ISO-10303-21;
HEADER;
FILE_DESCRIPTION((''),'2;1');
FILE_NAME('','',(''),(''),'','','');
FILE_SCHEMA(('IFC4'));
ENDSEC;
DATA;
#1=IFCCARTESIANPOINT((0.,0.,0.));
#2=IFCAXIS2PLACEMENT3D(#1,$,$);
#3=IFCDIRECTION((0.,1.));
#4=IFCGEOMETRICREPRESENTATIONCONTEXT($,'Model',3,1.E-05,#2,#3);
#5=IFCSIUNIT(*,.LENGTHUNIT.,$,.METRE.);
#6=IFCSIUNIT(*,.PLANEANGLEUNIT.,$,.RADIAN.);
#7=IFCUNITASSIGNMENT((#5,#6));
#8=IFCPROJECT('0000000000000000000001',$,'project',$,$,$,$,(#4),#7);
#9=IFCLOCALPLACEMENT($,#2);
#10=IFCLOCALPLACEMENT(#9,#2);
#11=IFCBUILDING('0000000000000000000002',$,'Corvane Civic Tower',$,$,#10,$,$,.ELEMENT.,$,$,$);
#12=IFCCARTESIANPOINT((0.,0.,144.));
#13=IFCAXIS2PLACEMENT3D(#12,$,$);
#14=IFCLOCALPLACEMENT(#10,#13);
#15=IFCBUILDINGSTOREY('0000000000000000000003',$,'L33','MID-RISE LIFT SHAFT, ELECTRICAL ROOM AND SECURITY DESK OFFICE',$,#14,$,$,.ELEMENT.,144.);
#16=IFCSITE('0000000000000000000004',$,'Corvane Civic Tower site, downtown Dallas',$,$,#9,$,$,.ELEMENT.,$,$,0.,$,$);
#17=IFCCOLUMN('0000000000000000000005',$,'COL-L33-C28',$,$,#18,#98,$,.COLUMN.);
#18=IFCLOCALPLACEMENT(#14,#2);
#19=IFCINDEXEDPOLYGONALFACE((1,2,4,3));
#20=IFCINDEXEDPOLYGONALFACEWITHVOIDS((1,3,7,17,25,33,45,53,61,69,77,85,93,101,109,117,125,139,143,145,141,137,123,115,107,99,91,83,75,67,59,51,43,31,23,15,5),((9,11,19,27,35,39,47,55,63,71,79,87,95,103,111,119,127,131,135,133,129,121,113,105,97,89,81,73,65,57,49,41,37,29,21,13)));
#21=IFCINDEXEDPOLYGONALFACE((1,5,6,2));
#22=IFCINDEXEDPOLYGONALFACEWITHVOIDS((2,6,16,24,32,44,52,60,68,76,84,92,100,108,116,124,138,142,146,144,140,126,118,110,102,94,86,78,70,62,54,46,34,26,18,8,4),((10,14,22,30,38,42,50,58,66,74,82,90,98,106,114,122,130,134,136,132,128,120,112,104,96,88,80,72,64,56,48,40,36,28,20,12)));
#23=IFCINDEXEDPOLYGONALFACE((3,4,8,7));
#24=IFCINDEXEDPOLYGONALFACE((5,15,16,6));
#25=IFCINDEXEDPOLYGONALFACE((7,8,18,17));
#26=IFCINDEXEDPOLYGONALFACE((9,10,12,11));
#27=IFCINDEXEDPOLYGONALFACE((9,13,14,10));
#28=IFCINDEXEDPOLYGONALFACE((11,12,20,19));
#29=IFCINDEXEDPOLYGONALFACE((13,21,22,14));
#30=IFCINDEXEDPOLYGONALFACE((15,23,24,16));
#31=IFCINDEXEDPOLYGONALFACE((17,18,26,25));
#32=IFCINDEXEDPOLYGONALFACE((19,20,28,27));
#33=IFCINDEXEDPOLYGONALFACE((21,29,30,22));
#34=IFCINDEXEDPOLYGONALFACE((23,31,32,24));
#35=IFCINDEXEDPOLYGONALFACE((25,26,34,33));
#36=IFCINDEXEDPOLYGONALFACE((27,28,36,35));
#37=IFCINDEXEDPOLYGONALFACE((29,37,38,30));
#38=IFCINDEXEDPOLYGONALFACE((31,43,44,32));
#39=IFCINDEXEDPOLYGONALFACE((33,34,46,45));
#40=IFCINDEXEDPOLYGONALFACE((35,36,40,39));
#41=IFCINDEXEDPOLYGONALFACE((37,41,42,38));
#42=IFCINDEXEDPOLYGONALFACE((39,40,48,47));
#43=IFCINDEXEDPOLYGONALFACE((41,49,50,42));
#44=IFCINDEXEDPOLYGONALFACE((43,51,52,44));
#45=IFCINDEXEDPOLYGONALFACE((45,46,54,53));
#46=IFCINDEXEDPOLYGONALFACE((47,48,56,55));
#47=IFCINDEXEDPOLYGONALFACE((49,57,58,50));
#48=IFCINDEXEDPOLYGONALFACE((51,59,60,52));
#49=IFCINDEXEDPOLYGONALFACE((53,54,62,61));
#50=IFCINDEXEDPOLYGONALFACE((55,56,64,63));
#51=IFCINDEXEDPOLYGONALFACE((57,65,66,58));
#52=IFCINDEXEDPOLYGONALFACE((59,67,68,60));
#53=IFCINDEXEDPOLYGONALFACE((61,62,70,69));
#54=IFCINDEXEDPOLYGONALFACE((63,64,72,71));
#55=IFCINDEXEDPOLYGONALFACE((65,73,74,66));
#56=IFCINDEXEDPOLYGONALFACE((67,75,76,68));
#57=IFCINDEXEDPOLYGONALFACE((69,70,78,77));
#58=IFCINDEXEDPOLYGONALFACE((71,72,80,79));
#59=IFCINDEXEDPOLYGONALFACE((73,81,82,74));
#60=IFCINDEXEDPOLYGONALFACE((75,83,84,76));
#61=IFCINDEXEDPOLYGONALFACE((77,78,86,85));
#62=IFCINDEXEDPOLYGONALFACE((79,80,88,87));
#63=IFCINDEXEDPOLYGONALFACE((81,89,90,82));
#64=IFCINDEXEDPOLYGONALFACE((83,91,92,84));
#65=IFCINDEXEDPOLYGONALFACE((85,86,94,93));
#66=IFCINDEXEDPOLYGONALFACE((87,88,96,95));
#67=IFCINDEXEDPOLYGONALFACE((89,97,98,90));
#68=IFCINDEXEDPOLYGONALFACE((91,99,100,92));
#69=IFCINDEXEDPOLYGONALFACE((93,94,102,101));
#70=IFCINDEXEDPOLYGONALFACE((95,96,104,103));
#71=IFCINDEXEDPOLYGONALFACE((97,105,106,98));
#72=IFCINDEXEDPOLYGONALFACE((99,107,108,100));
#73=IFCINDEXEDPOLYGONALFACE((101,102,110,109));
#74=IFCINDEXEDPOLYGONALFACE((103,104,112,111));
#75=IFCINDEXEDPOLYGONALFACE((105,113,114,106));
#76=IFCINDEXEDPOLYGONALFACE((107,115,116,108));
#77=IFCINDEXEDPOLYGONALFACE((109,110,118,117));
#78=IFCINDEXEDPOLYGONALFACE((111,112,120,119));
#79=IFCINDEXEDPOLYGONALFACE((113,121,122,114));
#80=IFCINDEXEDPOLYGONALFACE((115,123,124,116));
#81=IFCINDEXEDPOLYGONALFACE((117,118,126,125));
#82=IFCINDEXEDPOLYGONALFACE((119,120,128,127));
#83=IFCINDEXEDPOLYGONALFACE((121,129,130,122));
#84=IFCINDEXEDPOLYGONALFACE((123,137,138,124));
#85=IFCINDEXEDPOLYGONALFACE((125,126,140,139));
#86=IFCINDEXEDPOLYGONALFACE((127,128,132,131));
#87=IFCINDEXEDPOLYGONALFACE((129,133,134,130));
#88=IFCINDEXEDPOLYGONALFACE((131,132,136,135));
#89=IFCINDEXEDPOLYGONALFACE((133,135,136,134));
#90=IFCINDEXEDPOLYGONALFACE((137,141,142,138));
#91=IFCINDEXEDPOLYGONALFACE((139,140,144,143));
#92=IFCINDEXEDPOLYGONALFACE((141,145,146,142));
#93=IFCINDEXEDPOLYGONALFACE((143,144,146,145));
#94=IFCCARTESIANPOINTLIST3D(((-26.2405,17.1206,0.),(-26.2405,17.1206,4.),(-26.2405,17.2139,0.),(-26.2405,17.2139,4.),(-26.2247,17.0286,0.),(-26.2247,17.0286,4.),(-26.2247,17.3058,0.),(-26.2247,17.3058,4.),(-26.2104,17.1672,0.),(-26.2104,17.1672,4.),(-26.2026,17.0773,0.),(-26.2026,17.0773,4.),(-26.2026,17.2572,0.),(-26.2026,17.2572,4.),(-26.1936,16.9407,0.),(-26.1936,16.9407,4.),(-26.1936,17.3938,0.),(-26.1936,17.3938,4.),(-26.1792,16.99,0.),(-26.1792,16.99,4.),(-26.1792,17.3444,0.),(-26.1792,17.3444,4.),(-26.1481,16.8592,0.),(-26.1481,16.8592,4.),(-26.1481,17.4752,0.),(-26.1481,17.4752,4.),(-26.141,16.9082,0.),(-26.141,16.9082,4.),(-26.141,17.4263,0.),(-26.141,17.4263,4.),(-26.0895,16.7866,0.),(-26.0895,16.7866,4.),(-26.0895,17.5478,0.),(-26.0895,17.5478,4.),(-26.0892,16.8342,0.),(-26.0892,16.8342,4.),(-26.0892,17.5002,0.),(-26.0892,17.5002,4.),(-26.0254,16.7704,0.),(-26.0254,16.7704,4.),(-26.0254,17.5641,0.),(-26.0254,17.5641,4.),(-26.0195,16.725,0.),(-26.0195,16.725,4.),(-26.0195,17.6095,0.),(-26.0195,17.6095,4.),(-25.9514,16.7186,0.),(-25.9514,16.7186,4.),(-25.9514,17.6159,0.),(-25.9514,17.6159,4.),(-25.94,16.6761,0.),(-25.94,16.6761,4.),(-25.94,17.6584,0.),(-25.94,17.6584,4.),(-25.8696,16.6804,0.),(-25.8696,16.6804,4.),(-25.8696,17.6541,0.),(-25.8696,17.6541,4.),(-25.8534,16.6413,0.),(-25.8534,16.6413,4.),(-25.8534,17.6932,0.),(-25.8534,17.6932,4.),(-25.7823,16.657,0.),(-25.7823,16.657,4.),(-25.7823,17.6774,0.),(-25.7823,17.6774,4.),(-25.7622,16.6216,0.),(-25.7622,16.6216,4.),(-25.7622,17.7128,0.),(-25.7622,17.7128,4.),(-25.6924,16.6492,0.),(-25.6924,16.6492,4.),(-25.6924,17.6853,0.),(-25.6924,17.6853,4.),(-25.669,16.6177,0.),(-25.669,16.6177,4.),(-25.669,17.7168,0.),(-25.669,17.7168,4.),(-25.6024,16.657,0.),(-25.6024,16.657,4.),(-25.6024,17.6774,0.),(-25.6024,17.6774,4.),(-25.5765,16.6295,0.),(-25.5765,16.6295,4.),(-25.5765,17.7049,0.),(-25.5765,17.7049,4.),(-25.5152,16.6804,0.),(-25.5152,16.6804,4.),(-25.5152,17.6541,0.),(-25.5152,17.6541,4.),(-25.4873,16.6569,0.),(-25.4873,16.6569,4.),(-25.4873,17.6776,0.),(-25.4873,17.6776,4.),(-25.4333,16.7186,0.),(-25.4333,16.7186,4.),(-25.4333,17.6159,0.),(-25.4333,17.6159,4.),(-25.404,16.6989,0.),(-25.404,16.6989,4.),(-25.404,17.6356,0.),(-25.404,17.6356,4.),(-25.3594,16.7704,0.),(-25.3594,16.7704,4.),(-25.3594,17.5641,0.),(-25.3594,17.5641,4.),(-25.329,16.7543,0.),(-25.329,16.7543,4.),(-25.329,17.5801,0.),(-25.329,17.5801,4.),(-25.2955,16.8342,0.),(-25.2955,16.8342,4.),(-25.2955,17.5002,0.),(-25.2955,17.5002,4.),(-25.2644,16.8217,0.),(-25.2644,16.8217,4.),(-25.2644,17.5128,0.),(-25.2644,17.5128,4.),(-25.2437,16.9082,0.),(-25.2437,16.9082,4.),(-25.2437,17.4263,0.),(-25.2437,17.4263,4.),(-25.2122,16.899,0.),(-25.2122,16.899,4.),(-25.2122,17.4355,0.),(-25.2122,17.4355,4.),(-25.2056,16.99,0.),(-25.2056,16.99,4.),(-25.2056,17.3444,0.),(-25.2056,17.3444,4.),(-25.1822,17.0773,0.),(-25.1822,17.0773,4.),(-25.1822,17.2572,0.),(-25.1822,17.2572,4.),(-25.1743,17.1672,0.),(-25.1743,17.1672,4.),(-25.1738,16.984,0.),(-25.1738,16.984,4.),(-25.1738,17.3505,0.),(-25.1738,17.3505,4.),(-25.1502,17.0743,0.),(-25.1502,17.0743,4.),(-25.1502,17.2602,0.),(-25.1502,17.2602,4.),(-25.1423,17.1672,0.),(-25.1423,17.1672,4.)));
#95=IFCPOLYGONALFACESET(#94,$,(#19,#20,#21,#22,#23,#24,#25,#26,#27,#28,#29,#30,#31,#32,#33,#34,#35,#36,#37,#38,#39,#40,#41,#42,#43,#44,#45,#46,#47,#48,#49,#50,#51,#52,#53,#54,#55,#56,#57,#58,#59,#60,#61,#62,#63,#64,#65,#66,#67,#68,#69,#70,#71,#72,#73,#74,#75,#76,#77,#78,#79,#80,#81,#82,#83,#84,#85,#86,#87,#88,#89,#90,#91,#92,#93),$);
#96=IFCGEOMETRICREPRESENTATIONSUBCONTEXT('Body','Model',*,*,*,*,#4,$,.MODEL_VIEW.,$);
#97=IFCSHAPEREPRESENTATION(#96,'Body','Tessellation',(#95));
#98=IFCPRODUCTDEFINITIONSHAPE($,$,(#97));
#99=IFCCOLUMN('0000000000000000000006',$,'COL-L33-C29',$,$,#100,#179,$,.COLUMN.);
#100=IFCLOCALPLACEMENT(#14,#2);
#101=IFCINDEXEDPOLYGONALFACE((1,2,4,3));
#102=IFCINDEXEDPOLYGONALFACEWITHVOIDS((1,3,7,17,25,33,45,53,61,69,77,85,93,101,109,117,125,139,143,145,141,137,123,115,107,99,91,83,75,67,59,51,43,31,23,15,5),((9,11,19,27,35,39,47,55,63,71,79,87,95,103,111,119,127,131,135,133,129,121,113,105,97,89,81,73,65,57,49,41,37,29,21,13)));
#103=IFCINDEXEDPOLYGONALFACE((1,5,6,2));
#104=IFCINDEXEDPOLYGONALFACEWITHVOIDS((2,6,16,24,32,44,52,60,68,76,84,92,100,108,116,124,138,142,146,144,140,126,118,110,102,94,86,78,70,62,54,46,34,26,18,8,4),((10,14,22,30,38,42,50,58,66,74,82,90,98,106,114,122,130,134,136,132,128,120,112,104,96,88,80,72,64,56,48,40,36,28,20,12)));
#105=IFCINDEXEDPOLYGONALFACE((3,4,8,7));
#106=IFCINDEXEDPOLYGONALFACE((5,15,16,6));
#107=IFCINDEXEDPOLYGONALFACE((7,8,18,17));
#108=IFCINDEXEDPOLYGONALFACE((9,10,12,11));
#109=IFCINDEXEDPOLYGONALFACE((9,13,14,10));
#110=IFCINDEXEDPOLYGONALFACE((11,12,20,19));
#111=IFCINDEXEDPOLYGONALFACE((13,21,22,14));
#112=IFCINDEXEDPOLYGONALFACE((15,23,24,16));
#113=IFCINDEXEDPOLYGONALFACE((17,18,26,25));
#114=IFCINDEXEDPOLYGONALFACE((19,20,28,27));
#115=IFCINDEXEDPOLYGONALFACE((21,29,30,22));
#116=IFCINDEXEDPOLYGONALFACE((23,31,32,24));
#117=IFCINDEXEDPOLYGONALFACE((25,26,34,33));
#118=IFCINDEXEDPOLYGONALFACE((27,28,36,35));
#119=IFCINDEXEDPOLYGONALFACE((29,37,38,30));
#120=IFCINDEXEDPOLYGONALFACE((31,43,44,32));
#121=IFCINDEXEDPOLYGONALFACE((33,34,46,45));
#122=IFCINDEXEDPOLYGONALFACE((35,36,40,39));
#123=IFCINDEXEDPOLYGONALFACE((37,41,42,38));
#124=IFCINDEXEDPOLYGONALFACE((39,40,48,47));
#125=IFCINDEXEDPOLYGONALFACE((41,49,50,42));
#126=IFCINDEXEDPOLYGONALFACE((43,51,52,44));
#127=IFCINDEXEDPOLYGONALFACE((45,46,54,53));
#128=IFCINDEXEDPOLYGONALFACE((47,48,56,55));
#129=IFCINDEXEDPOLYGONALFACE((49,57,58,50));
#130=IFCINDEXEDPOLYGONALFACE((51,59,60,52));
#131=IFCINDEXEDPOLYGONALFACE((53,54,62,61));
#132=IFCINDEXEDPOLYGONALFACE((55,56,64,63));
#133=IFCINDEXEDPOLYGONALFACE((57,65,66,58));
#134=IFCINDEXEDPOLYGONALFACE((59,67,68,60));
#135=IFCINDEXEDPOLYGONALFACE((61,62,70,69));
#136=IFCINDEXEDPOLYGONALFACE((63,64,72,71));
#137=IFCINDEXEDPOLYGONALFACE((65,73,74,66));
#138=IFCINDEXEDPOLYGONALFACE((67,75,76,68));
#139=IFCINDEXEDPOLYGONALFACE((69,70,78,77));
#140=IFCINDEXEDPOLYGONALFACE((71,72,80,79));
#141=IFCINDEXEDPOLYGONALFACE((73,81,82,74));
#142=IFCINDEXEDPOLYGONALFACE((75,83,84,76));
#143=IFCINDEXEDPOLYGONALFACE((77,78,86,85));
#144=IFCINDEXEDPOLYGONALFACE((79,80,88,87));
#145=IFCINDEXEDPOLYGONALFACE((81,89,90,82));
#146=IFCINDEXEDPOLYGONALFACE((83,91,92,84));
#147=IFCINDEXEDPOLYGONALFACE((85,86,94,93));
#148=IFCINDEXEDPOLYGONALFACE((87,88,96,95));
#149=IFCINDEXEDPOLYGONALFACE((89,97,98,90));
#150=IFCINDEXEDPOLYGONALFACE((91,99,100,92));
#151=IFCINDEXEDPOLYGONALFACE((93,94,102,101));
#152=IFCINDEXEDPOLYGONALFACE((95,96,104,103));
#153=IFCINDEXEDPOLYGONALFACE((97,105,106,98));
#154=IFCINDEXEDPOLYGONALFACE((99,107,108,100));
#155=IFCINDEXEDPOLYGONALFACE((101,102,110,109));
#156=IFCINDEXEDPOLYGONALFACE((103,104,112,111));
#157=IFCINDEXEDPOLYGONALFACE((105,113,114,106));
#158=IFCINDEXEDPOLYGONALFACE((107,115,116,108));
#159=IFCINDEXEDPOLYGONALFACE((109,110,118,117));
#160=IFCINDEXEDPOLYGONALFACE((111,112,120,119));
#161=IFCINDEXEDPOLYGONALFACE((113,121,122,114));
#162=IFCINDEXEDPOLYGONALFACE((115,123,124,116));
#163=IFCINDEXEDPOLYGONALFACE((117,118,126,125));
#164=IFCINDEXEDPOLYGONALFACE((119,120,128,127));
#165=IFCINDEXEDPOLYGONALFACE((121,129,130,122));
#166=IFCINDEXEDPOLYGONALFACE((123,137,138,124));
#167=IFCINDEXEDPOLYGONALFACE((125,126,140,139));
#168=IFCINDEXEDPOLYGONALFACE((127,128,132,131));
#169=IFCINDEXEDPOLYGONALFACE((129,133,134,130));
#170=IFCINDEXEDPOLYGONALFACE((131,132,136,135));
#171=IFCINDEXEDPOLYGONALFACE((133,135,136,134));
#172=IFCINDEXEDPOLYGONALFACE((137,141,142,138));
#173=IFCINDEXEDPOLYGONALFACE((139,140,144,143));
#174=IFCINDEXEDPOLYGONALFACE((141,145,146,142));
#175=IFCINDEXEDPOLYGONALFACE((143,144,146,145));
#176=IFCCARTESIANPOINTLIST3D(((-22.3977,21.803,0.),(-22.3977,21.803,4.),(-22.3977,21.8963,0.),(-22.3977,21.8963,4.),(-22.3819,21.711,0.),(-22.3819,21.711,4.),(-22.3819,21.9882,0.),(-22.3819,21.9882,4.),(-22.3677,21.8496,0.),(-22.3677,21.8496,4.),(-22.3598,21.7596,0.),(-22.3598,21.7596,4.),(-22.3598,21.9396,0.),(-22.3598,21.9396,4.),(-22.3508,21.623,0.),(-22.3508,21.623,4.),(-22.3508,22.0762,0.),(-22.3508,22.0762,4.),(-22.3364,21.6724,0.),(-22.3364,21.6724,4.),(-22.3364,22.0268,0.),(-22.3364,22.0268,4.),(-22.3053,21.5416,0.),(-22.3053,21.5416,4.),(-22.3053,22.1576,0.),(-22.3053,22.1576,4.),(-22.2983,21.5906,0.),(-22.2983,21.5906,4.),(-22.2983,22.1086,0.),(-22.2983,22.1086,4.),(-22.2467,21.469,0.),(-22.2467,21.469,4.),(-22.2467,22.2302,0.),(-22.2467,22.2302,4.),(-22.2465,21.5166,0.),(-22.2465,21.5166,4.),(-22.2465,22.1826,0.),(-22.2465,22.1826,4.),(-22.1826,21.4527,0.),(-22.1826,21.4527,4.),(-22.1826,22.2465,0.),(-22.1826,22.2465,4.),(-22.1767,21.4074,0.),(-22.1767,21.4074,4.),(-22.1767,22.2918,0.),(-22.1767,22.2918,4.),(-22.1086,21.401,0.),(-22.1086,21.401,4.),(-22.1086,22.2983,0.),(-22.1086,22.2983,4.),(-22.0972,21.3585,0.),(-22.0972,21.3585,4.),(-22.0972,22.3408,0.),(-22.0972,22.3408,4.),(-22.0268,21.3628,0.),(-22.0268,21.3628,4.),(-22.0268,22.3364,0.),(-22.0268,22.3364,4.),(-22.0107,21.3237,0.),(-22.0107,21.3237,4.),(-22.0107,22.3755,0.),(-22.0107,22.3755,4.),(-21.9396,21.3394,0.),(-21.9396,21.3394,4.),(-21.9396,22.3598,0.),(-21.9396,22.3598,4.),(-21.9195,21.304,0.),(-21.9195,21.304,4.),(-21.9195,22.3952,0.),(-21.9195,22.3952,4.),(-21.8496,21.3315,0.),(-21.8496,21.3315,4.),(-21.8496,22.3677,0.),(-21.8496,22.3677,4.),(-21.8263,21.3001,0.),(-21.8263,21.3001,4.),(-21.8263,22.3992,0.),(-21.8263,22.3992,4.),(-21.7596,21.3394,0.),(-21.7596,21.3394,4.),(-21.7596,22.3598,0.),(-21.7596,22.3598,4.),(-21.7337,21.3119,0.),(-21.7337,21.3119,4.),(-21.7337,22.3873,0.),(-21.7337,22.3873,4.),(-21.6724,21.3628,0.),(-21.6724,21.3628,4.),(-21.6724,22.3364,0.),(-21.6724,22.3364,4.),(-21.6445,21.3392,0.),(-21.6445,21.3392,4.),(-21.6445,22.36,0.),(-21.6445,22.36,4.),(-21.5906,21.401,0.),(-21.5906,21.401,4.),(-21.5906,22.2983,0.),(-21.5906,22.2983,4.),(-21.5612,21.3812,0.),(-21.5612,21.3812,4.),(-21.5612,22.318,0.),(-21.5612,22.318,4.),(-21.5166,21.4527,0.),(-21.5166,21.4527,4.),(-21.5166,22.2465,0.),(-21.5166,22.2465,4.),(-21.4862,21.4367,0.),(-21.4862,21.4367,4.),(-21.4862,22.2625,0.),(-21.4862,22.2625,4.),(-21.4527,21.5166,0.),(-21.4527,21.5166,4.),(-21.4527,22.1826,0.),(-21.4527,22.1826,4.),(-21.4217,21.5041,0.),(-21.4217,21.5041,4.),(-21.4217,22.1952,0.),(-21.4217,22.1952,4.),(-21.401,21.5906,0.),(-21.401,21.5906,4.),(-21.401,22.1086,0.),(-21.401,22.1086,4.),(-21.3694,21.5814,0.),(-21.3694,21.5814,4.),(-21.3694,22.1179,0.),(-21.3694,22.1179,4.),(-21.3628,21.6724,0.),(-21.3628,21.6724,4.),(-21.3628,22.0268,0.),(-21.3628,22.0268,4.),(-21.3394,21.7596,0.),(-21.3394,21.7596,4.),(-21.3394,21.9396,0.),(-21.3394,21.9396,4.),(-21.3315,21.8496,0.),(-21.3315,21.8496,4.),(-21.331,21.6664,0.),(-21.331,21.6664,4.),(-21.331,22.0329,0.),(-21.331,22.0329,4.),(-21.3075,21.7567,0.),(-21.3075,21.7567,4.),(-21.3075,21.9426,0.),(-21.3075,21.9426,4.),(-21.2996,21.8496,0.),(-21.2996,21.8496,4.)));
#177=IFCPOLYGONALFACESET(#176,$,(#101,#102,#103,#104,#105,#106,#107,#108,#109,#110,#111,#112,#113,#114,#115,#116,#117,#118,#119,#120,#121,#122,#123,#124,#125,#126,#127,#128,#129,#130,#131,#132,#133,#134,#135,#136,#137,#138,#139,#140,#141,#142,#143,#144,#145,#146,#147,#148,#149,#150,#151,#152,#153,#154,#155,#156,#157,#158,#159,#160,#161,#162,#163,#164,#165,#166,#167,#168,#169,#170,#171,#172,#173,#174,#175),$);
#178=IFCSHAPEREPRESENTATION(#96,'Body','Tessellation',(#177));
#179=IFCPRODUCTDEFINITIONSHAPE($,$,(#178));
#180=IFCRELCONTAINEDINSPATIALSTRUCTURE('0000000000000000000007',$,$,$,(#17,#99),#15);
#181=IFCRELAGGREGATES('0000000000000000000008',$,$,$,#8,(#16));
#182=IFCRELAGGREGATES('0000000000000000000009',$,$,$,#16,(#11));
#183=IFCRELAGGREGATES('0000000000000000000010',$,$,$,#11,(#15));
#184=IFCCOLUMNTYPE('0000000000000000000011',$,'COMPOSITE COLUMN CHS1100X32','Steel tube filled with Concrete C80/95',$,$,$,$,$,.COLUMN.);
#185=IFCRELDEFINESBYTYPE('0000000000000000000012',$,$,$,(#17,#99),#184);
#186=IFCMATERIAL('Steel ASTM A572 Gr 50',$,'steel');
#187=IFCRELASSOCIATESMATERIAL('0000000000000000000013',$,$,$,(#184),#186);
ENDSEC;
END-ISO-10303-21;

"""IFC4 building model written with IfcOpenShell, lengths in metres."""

from ifc_helpers import new_model, si_unit, direction, frame, origin, origin_2d, place, context, subcontext, project, spatial, hollow_circle, extrude, material, material_profile, profile_set, type_object, element, save


model = new_model("IFC4")

# Units and contexts
model_context = context("Model", 3, precision=1e-05, world=origin(), true_north=direction((0.0, 1.0)))
body_context = subcontext(model_context, "Body", "Model", "MODEL_VIEW")
ifc_project = project(units=[si_unit("LENGTHUNIT", "METRE"), si_unit("PLANEANGLEUNIT", "RADIAN")], contexts=[model_context])

# Site, building, storey
site_placement = place(None, origin())
site = spatial("IfcSite", under=ifc_project, at=site_placement, Name="Corvane Civic Tower site, downtown Dallas", CompositionType="ELEMENT", RefElevation=0.0)
building_placement = place(site_placement, origin())
building = spatial("IfcBuilding", under=site, at=building_placement, Name="Corvane Civic Tower", CompositionType="ELEMENT")
storey_placement = place(building_placement, frame((0.0, 0.0, 144.0)))
storey = spatial("IfcBuildingStorey", under=building, at=storey_placement, Name="L33", Description="MID-RISE LIFT SHAFT, ELECTRICAL ROOM AND SECURITY DESK OFFICE", CompositionType="ELEMENT", Elevation=144.0)

# Columns
ifc_material_1 = material(Name="Steel ASTM A572 Gr 50", Category="steel")
ifc_material_profile_1 = material_profile(ifc_material_1, hollow_circle(Radius=0.55, WallThickness=0.032, at=origin_2d()), Name="CHS1100X32")
ifc_profile_set_1 = profile_set([ifc_material_profile_1], Name="Steel ASTM A572 Gr 50")
column_type = type_object("IfcColumnType", Name="COMPOSITE COLUMN CHS1100X32", Description="Steel tube filled with Concrete C80/95", PredefinedType="COLUMN", material=ifc_profile_set_1)
for number, where, z_axis, x_axis, name in (
    (1, (-25.6924, 17.1672, 0.0), (0.0, 0.0, 1.0), (1.0, 0.0, 0.0), "COL-L33-C28"),
    (2, (-21.8496, 21.8496, 0.0), (0.0, 0.0, 1.0), (1.0, 0.0, 0.0), "COL-L33-C29"),
):
    element("IfcColumn", number, at=place(storey_placement, frame(where, z_axis=z_axis, x_axis=x_axis)), inside=storey, type_object=column_type, Name=name, PredefinedType="COLUMN", context=body_context, shape_type="SweptSolid", body=[
        extrude(hollow_circle(Radius=0.55, WallThickness=0.032, at=origin_2d()), origin(), (0.0, 0.0, 1.0), 4.0),
    ])

save(model, "model.ifc")
